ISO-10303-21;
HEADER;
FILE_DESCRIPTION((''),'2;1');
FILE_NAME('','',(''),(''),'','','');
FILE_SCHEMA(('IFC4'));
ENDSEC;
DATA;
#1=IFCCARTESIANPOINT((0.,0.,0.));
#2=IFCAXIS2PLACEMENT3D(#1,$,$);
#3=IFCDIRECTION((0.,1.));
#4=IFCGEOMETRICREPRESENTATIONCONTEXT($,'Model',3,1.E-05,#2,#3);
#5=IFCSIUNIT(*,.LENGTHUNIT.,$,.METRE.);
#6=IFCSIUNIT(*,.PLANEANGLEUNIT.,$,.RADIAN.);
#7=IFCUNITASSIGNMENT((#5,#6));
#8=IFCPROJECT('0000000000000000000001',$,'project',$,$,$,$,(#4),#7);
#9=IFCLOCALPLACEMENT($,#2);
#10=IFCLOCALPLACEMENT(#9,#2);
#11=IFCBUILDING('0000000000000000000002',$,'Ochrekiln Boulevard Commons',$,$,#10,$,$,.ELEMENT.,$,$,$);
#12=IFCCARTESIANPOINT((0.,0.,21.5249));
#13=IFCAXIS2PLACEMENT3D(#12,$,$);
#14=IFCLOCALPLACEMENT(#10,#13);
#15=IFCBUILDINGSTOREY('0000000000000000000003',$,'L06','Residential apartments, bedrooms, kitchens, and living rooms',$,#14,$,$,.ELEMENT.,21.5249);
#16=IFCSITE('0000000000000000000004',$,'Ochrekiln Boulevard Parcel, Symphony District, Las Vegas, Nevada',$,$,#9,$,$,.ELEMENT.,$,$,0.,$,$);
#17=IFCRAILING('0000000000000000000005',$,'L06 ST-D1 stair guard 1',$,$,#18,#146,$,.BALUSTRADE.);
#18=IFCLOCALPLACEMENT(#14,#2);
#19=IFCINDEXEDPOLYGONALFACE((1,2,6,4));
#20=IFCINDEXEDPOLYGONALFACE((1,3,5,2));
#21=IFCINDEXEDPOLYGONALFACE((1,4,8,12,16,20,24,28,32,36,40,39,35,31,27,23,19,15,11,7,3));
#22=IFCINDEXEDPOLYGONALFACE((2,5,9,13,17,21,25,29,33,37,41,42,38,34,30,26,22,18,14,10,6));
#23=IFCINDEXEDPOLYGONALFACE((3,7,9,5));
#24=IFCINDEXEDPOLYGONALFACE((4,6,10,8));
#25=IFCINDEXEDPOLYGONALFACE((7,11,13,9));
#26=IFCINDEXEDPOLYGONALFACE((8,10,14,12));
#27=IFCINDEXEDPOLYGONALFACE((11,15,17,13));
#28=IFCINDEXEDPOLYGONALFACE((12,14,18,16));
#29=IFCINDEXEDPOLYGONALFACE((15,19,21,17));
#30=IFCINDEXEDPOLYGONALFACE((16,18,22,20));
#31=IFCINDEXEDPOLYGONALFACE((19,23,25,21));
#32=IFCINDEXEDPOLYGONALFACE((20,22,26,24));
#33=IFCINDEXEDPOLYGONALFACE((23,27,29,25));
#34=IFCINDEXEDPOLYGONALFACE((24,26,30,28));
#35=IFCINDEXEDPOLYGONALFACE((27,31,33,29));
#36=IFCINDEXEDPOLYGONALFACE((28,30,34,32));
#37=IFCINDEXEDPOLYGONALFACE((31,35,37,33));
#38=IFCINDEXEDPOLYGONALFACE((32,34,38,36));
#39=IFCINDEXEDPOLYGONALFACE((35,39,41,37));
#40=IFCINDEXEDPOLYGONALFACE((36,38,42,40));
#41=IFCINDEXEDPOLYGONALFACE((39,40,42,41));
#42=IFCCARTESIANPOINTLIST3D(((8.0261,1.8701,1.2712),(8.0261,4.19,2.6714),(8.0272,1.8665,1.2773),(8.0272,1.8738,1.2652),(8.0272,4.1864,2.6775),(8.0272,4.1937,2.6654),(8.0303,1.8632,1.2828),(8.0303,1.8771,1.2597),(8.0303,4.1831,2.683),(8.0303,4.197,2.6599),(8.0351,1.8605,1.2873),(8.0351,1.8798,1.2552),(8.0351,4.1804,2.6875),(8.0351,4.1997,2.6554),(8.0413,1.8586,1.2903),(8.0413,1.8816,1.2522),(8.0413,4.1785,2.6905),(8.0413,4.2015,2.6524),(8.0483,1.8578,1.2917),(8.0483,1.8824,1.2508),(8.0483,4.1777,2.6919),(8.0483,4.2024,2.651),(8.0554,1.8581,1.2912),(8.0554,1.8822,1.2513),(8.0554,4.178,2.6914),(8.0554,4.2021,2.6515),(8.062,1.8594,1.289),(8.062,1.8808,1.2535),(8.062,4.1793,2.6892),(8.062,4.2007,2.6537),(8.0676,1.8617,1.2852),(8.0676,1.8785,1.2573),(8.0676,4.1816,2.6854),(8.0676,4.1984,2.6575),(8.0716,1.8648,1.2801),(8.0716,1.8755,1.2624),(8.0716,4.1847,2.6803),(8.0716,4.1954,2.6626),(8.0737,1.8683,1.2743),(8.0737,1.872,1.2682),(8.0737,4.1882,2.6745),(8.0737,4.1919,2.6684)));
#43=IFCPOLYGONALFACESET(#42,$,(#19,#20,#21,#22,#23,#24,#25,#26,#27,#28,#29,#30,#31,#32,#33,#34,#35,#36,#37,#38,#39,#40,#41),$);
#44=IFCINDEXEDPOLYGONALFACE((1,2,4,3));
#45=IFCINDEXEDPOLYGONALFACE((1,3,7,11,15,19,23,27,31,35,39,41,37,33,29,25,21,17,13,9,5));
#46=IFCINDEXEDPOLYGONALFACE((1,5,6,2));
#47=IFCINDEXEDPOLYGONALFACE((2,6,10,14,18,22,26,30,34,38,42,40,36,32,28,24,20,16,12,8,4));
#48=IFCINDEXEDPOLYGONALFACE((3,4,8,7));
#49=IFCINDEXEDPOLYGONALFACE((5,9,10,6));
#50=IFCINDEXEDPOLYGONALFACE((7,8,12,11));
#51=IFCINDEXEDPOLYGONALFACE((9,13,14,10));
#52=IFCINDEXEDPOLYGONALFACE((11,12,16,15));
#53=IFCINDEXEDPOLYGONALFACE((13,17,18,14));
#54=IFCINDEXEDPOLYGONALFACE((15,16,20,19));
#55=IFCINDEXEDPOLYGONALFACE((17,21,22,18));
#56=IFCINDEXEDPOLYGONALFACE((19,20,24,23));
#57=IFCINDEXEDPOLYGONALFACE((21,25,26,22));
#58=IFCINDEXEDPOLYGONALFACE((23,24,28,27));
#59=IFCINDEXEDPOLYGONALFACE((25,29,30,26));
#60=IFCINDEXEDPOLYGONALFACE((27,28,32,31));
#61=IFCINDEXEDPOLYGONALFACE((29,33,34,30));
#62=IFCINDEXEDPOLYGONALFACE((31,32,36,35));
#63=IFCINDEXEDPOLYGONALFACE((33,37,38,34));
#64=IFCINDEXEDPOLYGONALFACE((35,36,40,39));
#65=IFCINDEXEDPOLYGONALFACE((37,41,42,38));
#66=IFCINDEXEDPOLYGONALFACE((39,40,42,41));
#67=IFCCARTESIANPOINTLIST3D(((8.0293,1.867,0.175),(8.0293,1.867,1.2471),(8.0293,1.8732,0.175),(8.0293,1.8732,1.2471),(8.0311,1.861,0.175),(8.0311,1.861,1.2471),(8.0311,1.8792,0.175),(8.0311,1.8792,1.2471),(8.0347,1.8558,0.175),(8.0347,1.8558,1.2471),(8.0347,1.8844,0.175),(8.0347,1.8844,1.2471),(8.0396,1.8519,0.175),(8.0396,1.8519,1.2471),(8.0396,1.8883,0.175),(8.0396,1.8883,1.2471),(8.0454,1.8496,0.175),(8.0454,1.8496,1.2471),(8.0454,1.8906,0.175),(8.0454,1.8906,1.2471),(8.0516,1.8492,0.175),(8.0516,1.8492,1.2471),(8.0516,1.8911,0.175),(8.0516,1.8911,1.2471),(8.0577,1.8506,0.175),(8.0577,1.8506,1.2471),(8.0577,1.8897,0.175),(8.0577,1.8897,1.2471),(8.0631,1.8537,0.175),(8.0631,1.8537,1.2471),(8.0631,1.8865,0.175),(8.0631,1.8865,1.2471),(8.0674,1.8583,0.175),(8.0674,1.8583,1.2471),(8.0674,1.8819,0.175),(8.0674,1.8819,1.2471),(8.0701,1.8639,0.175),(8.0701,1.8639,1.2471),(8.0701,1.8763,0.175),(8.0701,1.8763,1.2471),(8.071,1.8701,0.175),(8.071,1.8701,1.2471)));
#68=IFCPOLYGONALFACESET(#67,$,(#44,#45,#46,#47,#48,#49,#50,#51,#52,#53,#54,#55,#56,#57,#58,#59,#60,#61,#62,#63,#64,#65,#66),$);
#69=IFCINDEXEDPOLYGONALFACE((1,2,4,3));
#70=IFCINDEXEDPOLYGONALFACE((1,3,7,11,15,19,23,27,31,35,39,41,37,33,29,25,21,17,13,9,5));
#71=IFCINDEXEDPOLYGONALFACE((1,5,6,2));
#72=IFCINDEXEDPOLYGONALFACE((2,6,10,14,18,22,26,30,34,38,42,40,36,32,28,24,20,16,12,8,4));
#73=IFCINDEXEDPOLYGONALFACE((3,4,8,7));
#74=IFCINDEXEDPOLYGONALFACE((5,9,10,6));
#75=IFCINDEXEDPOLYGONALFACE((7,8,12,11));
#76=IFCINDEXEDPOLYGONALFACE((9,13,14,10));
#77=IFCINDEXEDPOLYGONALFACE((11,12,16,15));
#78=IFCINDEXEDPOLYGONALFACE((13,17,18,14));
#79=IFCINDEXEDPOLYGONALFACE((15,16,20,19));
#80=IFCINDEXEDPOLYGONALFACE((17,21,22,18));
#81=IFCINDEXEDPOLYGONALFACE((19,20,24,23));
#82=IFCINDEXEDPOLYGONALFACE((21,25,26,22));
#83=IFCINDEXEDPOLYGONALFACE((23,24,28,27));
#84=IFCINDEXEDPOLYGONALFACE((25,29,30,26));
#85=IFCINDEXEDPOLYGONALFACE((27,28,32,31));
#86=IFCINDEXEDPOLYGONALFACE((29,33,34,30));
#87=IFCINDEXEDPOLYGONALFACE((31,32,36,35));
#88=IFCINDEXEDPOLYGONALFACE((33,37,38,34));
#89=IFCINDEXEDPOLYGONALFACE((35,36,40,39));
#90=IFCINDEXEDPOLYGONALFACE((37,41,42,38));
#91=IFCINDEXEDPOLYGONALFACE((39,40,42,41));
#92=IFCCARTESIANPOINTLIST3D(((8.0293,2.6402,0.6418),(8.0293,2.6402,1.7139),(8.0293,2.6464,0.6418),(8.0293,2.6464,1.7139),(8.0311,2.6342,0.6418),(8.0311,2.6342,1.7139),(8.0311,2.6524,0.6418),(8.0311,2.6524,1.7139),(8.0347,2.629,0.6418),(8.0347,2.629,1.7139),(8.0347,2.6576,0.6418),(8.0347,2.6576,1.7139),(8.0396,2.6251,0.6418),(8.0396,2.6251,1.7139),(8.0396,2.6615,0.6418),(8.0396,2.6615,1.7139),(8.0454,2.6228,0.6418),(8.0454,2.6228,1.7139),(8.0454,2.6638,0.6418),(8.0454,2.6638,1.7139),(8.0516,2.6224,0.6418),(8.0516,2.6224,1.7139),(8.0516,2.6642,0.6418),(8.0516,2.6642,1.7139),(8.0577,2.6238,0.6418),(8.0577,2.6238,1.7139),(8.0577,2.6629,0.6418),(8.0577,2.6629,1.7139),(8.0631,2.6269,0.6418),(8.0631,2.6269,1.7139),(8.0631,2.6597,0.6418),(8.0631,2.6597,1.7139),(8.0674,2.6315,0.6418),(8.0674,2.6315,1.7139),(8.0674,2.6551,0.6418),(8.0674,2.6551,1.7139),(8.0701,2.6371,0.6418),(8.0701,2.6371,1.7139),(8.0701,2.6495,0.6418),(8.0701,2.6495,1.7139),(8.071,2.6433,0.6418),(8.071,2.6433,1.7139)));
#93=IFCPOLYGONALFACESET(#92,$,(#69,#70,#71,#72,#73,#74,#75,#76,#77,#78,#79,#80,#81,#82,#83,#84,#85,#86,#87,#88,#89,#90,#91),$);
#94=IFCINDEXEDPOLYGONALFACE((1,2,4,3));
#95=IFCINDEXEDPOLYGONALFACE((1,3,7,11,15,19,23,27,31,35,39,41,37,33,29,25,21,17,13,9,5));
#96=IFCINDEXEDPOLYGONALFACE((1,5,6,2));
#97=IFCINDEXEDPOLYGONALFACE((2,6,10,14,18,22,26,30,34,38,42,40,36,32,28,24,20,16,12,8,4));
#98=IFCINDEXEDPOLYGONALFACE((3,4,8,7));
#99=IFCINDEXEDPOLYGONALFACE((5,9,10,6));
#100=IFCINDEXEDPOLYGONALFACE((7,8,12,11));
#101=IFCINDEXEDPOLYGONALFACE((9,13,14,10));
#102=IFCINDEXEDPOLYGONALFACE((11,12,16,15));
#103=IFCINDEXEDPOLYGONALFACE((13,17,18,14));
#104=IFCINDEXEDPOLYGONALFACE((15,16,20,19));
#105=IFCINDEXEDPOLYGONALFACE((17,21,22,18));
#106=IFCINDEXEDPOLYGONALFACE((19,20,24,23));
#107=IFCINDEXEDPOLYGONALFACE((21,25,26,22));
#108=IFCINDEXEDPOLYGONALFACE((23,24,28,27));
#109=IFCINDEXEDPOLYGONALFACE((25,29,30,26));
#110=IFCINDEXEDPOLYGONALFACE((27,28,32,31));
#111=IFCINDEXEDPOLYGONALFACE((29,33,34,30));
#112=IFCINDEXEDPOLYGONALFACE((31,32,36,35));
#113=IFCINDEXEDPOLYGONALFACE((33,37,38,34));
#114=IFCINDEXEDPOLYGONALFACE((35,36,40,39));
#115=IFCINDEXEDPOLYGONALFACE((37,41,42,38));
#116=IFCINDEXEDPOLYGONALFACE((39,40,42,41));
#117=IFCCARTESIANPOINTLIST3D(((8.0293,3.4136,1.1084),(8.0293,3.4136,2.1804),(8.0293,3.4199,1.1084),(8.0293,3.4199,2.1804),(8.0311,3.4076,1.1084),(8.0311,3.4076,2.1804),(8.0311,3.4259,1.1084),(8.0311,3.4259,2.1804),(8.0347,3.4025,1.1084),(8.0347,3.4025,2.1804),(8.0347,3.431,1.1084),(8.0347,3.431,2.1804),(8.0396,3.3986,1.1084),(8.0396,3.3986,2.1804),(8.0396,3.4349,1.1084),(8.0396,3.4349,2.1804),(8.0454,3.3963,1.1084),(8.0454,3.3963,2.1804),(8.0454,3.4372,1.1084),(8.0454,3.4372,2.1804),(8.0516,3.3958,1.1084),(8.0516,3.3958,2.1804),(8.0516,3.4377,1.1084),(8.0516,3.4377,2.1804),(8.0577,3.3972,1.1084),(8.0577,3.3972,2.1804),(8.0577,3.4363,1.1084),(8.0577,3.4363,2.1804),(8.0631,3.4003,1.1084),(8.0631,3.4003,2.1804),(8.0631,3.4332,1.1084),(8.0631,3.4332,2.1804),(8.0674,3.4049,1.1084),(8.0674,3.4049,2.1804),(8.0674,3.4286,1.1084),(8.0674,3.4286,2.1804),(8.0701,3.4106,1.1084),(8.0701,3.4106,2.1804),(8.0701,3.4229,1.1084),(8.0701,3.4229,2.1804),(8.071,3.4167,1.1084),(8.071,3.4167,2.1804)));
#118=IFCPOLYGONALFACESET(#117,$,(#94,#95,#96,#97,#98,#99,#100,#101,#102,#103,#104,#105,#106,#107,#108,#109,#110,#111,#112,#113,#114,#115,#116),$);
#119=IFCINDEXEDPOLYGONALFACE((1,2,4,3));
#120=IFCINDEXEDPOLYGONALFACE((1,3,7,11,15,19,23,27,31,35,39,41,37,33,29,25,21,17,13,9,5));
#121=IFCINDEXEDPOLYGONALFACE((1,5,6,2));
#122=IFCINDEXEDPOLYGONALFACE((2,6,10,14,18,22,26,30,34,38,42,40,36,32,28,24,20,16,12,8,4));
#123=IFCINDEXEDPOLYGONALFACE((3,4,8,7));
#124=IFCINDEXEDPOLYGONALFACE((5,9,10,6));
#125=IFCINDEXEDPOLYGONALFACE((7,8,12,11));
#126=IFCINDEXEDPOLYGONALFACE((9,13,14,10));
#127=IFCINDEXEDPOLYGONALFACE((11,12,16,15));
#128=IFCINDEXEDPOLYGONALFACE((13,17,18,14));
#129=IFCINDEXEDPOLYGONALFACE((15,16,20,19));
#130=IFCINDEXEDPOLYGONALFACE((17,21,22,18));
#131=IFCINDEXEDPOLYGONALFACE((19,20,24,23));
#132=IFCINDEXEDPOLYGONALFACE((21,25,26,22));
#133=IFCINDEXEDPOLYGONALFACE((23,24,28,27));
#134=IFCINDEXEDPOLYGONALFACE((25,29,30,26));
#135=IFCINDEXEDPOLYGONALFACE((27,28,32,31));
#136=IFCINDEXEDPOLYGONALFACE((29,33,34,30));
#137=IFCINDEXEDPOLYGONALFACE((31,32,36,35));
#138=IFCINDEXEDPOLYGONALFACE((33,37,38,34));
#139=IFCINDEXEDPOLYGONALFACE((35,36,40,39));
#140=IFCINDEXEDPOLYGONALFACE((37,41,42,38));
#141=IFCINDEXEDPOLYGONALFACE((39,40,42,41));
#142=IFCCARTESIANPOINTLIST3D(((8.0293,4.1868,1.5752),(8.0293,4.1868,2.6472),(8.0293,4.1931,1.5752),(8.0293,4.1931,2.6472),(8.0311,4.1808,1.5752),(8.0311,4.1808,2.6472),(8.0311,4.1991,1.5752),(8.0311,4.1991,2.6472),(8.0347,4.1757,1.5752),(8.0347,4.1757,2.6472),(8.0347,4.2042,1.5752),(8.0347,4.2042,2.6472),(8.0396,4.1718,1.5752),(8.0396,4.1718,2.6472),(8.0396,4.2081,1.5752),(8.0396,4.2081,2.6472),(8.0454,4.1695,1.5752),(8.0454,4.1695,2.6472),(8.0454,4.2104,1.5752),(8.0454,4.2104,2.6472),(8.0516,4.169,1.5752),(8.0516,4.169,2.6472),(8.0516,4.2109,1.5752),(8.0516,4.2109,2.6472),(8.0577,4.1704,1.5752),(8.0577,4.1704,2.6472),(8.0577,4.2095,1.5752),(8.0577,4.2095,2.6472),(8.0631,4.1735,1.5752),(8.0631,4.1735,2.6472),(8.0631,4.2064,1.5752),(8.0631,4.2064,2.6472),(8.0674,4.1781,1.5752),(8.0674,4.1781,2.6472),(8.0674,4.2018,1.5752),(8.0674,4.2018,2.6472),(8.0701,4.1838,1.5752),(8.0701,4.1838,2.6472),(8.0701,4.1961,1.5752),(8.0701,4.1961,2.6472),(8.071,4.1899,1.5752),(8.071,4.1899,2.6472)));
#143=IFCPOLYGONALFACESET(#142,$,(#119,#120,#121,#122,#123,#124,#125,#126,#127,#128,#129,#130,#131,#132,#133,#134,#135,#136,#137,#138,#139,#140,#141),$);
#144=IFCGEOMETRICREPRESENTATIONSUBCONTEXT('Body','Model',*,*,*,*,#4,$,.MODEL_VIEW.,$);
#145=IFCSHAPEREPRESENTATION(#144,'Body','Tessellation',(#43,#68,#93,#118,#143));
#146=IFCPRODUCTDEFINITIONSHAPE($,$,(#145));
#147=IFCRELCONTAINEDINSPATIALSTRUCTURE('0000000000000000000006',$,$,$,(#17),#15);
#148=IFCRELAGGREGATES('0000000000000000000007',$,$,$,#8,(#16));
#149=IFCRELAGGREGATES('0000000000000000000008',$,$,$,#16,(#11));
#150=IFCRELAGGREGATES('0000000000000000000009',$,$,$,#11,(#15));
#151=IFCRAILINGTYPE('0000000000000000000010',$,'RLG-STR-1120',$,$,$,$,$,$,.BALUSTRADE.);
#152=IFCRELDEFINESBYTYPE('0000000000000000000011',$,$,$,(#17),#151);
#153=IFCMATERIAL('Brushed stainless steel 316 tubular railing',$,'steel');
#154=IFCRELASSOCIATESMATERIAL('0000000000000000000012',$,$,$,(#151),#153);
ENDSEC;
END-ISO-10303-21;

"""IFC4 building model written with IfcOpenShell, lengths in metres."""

from ifc_helpers import new_model, si_unit, direction, frame, origin, origin_2d, place, context, subcontext, project, spatial, circle, extrude, material, type_object, element, save


model = new_model("IFC4")

# Units and contexts
model_context = context("Model", 3, precision=1e-05, world=origin(), true_north=direction((0.0, 1.0)))
body_context = subcontext(model_context, "Body", "Model", "MODEL_VIEW")
ifc_project = project(units=[si_unit("LENGTHUNIT", "METRE"), si_unit("PLANEANGLEUNIT", "RADIAN")], contexts=[model_context])

# Site, building, storey
site_placement = place(None, origin())
site = spatial("IfcSite", under=ifc_project, at=site_placement, Name="Ochrekiln Boulevard Parcel, Symphony District, Las Vegas, Nevada", CompositionType="ELEMENT", RefElevation=0.0)
building_placement = place(site_placement, origin())
building = spatial("IfcBuilding", under=site, at=building_placement, Name="Ochrekiln Boulevard Commons", CompositionType="ELEMENT")
storey_placement = place(building_placement, frame((0.0, 0.0, 21.5249)))
storey = spatial("IfcBuildingStorey", under=building, at=storey_placement, Name="L06", Description="Residential apartments, bedrooms, kitchens, and living rooms", CompositionType="ELEMENT", Elevation=21.5249)

# Railing
ifc_material_1 = material(Name="Brushed stainless steel 316 tubular railing", Category="steel")
railing_type_1 = type_object("IfcRailingType", Name="RLG-STR-1120", PredefinedType="BALUSTRADE", material=ifc_material_1)
railing_1_placement = place(storey_placement, frame((8.05, 1.8701, 0.175)))
element("IfcRailing", 1, at=railing_1_placement, inside=storey, type_object=railing_type_1, Name="L06 ST-D1 stair guard 1", PredefinedType="BALUSTRADE", context=body_context, shape_type="SweptSolid", body=[
    extrude(circle(Radius=0.0239, at=origin_2d()), frame((0.0, 0.0, 1.0962), z_axis=(0.0, 0.856146, 0.516733), x_axis=(-1.0, 0.0, 0.0)), (0.0, 0.0, 1.0), 2.7097),
    extrude(circle(Radius=0.021, at=origin_2d()), origin(), (0.0, 0.0, 1.0), 1.072),
    extrude(circle(Radius=0.021, at=origin_2d()), frame((0.0, 0.7732, 0.4668)), (0.0, 0.0, 1.0), 1.072),
    extrude(circle(Radius=0.021, at=origin_2d()), frame((0.0, 1.5466, 0.9333)), (0.0, 0.0, 1.0), 1.072),
    extrude(circle(Radius=0.021, at=origin_2d()), frame((0.0, 2.3198, 1.4001)), (0.0, 0.0, 1.0), 1.072),
])

save(model, "model.ifc")
